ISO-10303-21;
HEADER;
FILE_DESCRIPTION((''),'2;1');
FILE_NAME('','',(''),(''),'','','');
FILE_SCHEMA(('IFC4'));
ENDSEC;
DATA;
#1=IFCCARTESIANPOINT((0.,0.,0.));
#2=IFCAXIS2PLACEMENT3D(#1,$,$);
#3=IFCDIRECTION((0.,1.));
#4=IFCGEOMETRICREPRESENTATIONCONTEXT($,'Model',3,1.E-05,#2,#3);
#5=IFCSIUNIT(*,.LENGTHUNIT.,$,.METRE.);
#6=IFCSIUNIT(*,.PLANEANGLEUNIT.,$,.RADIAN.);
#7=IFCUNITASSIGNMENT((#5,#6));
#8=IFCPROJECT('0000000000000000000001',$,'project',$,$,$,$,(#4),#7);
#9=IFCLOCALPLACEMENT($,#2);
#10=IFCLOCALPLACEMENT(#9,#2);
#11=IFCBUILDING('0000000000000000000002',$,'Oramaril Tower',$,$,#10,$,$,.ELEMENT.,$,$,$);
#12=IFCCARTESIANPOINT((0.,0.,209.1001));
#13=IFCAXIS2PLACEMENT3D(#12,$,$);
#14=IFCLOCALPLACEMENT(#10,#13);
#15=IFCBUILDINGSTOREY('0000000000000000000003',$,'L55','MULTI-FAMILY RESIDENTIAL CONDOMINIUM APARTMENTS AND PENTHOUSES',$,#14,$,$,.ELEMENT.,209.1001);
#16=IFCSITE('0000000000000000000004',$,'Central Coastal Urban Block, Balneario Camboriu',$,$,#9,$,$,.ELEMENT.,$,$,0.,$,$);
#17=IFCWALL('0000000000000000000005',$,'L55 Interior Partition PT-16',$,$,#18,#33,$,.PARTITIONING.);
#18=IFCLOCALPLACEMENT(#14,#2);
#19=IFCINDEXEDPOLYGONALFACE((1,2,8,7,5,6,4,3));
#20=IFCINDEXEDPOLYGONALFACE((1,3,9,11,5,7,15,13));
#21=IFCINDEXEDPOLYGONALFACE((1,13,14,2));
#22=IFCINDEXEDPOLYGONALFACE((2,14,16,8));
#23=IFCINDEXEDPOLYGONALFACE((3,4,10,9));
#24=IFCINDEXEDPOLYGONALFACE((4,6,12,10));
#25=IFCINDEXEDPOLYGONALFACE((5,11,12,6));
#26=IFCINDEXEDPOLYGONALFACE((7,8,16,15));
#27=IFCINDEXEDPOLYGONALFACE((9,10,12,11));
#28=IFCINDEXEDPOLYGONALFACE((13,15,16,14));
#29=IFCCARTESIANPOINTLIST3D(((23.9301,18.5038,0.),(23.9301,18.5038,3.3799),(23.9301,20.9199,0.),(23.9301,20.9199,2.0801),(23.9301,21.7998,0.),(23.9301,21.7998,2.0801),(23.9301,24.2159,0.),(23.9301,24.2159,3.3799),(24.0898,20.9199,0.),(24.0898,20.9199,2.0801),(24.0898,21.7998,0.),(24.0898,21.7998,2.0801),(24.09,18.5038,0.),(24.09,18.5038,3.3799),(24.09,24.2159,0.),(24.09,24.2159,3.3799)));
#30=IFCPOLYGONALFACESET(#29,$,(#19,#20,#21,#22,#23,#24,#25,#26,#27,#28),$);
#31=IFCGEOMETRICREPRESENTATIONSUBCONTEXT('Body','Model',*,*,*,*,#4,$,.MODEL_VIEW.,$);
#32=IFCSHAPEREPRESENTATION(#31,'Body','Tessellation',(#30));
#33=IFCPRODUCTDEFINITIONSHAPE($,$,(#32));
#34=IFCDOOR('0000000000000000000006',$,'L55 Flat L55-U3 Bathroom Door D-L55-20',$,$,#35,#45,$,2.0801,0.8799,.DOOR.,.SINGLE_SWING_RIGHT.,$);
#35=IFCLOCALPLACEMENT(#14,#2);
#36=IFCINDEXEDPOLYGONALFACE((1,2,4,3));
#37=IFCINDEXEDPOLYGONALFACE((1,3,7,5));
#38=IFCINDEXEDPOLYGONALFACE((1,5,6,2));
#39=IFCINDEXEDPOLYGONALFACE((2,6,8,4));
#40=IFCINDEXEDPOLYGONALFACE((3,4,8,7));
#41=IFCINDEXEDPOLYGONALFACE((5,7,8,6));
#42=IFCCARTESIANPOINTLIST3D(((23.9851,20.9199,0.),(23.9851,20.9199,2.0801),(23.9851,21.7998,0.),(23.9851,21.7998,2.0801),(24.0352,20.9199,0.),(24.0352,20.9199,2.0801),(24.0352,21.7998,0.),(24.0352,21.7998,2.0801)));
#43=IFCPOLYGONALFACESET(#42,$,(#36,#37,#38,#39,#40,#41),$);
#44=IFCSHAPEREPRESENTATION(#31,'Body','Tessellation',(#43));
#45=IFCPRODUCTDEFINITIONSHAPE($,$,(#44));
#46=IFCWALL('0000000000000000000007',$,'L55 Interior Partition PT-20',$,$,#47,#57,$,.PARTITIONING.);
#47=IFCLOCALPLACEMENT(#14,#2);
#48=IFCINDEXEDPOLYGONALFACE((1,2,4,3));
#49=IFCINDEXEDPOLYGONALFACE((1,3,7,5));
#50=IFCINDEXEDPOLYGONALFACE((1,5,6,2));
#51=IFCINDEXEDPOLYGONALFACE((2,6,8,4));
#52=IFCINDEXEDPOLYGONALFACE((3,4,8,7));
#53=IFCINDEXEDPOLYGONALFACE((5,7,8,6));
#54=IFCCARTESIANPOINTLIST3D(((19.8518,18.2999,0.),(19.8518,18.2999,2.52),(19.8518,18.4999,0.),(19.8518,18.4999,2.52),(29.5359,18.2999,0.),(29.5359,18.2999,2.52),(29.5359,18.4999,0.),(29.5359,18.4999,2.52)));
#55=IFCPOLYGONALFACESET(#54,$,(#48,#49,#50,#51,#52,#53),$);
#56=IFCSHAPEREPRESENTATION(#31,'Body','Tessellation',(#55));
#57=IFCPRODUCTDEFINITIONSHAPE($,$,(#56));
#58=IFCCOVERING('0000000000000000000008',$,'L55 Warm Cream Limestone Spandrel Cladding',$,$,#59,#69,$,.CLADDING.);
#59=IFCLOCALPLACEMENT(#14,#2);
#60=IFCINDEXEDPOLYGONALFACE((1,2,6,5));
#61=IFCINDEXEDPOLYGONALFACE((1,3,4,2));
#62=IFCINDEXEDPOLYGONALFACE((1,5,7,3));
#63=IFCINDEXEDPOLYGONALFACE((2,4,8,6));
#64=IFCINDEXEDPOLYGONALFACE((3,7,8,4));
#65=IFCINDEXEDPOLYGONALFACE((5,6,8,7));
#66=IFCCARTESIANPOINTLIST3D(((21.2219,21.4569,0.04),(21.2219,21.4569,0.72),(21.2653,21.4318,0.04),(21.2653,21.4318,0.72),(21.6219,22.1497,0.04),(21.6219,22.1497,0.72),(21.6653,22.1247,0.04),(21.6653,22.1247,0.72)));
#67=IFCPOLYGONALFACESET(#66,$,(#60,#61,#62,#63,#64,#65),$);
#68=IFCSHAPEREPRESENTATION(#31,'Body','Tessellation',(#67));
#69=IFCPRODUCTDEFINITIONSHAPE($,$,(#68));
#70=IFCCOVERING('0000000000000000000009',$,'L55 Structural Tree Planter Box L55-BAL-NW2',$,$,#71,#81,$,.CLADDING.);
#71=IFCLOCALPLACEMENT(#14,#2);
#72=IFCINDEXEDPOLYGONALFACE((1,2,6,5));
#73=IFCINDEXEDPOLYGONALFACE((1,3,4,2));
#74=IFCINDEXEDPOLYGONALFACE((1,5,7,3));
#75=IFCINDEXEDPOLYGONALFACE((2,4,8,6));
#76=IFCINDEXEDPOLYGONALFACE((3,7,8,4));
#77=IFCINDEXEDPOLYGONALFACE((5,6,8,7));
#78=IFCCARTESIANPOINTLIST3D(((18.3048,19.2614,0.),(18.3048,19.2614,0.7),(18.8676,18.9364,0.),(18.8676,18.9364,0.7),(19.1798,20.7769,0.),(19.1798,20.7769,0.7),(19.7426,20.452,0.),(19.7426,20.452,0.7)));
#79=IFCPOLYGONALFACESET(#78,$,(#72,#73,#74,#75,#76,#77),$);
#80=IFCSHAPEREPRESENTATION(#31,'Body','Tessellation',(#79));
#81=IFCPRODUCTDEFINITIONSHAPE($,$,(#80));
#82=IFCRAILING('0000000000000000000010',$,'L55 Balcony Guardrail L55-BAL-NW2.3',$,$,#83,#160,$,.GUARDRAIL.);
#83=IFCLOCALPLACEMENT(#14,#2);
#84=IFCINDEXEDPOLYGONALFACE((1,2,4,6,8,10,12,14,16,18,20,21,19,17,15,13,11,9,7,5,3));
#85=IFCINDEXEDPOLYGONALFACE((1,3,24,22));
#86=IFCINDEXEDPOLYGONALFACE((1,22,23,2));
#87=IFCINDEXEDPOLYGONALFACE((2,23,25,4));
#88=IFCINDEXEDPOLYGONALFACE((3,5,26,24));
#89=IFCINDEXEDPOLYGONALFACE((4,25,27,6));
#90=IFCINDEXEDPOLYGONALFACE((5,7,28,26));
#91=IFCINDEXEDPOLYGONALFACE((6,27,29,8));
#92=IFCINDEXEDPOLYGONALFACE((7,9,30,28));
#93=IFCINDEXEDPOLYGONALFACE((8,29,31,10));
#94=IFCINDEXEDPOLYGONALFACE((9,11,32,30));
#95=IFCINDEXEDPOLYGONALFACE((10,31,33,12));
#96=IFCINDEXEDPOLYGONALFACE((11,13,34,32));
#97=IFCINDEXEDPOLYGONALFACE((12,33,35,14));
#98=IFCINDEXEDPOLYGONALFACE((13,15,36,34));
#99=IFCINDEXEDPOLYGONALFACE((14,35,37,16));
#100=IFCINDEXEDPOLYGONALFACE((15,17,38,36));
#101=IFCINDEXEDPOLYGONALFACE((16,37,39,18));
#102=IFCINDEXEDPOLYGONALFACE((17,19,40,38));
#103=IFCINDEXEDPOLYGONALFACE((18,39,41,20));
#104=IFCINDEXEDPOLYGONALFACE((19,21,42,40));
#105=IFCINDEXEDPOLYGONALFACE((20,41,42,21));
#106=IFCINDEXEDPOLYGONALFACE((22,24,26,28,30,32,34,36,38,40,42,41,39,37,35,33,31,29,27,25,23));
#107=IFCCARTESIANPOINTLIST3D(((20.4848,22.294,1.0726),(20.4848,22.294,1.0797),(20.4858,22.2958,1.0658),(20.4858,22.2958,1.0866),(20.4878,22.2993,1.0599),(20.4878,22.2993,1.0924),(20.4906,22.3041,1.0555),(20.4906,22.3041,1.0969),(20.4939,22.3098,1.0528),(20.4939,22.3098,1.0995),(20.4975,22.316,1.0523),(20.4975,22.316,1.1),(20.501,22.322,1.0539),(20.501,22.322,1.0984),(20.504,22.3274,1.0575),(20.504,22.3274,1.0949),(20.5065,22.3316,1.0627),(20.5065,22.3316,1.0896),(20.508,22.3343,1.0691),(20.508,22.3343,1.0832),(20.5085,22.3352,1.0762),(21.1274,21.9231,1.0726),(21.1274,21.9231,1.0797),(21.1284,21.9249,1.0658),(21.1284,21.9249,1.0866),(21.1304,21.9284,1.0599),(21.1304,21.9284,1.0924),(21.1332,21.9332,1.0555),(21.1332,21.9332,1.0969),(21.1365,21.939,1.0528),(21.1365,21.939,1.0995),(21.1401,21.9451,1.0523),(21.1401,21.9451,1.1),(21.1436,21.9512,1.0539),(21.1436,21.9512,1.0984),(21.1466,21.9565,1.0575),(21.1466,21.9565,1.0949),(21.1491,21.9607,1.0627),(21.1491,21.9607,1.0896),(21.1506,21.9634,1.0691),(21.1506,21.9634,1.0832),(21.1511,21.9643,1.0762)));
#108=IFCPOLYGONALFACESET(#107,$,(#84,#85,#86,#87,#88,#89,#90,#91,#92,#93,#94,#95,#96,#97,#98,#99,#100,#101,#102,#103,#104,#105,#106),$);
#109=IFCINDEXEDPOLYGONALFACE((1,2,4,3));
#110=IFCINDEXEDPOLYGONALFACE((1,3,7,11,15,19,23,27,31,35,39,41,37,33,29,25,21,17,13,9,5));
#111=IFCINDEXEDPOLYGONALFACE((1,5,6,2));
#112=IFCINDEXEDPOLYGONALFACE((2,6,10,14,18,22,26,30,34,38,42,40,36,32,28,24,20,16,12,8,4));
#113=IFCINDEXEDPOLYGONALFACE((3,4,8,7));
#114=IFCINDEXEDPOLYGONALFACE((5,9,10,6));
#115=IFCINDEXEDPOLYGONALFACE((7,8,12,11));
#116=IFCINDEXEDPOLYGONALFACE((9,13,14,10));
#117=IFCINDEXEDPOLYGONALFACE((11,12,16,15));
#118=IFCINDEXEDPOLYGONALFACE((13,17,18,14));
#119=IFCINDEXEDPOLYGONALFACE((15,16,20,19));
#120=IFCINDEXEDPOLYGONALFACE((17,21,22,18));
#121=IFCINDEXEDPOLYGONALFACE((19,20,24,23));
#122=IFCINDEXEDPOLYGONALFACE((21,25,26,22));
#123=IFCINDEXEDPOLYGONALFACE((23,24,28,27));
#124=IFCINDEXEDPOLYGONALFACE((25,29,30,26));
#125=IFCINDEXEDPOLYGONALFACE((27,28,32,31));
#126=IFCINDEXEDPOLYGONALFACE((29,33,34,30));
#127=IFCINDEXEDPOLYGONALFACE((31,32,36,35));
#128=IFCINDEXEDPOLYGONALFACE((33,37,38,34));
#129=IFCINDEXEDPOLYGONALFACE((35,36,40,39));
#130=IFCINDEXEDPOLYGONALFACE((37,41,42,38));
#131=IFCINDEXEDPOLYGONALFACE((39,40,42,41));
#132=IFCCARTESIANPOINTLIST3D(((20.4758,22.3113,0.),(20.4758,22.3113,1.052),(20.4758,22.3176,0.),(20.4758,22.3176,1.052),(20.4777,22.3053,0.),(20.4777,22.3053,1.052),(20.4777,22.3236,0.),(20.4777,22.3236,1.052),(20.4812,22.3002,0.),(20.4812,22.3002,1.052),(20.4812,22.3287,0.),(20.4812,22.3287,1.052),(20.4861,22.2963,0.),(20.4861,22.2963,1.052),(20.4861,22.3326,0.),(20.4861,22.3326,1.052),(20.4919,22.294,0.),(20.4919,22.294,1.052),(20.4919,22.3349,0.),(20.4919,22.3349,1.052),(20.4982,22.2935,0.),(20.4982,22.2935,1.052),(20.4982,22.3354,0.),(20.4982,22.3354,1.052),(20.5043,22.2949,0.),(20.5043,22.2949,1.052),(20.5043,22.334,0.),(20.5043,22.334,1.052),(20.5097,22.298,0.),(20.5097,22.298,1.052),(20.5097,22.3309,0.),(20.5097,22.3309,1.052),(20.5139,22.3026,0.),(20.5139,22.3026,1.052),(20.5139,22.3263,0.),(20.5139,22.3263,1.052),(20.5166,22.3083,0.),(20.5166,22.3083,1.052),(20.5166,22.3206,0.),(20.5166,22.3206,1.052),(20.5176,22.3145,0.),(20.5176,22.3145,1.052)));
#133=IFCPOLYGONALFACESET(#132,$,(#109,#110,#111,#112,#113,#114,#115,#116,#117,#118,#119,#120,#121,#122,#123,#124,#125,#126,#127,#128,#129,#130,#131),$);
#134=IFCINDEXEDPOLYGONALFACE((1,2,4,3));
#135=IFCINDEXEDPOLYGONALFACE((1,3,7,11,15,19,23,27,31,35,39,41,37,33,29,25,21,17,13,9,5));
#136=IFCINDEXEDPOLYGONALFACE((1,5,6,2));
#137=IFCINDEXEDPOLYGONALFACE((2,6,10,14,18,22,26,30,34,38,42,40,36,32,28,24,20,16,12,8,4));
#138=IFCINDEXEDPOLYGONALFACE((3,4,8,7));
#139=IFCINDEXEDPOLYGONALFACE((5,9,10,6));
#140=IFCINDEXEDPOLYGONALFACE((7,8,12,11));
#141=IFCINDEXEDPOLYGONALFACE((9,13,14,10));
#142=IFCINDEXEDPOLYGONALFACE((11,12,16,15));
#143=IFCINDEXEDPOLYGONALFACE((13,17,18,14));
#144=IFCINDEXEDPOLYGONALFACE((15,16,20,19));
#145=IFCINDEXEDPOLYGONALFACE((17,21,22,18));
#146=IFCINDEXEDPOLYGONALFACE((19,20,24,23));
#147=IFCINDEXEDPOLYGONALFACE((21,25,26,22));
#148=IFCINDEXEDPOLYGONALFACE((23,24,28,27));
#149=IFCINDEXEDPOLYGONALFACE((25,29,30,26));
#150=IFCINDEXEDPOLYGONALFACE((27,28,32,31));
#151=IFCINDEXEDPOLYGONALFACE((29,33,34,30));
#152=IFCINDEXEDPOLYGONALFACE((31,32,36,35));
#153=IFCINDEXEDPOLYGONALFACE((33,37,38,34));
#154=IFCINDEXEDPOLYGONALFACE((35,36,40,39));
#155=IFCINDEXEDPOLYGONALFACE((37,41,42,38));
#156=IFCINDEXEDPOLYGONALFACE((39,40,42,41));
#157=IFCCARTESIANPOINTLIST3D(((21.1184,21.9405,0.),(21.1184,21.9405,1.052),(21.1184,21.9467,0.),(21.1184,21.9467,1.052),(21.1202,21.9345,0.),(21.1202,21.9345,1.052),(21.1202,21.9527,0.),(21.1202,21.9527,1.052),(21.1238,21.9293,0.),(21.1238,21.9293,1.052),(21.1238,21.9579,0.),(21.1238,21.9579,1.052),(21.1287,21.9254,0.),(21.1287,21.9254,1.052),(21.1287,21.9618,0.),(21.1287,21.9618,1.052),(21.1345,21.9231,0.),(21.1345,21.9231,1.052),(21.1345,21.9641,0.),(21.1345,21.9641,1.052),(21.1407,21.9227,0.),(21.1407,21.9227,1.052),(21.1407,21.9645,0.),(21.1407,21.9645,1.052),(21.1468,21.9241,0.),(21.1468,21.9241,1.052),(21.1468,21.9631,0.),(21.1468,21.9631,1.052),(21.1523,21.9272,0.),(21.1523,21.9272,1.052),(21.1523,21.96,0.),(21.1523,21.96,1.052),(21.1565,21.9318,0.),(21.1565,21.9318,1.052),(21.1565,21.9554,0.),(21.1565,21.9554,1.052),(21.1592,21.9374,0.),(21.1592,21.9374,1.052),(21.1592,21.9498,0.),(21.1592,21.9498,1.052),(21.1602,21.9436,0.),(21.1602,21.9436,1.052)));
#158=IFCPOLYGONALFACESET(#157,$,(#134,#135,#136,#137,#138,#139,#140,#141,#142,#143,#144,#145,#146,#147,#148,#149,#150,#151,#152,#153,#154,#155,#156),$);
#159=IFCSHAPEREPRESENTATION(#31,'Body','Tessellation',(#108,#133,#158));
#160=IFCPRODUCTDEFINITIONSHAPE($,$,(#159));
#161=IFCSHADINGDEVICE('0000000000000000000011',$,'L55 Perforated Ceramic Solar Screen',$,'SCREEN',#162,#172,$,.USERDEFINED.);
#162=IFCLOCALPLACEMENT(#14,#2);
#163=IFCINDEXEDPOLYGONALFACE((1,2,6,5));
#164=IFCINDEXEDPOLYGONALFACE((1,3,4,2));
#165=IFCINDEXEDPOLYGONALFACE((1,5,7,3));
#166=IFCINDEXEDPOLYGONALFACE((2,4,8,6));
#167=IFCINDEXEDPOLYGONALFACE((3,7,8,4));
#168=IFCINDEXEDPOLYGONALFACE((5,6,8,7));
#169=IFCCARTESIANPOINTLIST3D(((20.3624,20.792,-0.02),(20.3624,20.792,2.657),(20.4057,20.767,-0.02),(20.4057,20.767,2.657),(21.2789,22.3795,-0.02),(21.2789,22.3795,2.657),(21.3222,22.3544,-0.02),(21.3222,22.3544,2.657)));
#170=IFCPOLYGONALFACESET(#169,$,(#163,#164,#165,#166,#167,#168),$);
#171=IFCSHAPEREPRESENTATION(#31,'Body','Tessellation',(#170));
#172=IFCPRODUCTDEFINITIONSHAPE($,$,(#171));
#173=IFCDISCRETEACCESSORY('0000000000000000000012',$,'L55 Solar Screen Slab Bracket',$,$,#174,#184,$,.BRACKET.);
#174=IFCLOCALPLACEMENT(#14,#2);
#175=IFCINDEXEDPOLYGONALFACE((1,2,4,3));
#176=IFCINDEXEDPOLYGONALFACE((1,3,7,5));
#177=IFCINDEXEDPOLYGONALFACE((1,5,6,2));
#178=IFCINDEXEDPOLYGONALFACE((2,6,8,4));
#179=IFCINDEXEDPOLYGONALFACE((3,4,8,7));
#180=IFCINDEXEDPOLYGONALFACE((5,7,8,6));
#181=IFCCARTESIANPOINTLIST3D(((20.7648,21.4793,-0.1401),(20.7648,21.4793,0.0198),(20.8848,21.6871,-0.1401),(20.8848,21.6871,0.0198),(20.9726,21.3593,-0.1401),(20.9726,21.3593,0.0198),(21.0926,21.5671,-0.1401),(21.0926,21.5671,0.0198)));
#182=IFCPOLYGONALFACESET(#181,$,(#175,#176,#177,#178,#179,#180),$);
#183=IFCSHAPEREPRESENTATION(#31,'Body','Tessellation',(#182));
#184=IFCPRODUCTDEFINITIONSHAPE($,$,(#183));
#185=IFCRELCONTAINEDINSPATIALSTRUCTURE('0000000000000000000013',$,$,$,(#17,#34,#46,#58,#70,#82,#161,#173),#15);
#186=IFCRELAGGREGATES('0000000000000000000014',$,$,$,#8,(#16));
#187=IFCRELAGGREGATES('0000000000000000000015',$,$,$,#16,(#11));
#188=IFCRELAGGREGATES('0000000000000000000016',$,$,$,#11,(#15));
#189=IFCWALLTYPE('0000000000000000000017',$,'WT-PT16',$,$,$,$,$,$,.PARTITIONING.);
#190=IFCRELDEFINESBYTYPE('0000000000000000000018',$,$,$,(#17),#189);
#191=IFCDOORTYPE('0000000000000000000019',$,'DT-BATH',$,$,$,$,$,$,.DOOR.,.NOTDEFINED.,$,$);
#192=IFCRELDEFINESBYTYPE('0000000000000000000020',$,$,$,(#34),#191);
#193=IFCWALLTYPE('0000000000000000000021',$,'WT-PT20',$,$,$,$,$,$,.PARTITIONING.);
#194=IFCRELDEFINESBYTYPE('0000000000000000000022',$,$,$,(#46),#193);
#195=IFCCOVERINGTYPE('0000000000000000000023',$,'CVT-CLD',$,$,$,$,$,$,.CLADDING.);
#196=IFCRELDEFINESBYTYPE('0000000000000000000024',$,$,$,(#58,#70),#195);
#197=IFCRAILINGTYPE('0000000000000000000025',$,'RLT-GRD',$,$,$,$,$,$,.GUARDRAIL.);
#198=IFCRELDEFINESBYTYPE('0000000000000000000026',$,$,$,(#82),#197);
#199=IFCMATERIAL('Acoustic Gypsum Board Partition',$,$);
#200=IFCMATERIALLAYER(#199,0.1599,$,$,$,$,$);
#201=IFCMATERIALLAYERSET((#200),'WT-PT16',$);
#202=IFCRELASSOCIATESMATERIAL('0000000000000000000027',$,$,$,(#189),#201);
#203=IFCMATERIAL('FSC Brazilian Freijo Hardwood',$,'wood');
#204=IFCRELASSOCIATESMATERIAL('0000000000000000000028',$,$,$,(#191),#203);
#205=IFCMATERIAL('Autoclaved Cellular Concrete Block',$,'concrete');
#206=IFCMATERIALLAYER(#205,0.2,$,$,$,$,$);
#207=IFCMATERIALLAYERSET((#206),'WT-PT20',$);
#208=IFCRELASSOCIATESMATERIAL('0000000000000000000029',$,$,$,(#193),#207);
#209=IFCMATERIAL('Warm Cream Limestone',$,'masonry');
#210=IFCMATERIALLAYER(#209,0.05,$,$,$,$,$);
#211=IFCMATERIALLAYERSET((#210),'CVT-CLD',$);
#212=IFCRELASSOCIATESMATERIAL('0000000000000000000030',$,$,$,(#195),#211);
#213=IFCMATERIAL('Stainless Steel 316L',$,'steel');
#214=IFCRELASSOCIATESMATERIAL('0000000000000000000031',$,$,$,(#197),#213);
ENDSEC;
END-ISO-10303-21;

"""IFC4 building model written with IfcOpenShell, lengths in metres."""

from ifc_helpers import new_model, si_unit, direction, frame, frame_2d, origin, origin_2d, place, context, subcontext, project, spatial, rectangle, circle, extrude, material, layer, layer_set, type_object, element, fill, save


model = new_model("IFC4")

# Units and contexts
model_context = context("Model", 3, precision=1e-05, world=origin(), true_north=direction((0.0, 1.0)))
body_context = subcontext(model_context, "Body", "Model", "MODEL_VIEW")
ifc_project = project(units=[si_unit("LENGTHUNIT", "METRE"), si_unit("PLANEANGLEUNIT", "RADIAN")], contexts=[model_context])

# Site, building, storey
site_placement = place(None, origin())
site = spatial("IfcSite", under=ifc_project, at=site_placement, Name="Central Coastal Urban Block, Balneario Camboriu", CompositionType="ELEMENT", RefElevation=0.0)
building_placement = place(site_placement, origin())
building = spatial("IfcBuilding", under=site, at=building_placement, Name="Oramaril Tower", CompositionType="ELEMENT")
storey_placement = place(building_placement, frame((0.0, 0.0, 209.1001)))
storey = spatial("IfcBuildingStorey", under=building, at=storey_placement, Name="L55", Description="MULTI-FAMILY RESIDENTIAL CONDOMINIUM APARTMENTS AND PENTHOUSES", CompositionType="ELEMENT", Elevation=209.1001)

# Wall, opening, door
ifc_material_1 = material(Name="Acoustic Gypsum Board Partition")
ifc_layer_1 = layer(ifc_material_1, 0.1599)
ifc_layer_set_1 = layer_set([ifc_layer_1], Name="WT-PT16")
wall_type_1 = type_object("IfcWallType", Name="WT-PT16", PredefinedType="PARTITIONING", material=ifc_layer_set_1)
wall_1_placement = place(storey_placement, frame((24.01, 18.5039, 0.0), z_axis=(0.0, 0.0, 1.0), x_axis=(0.0, 1.0, 0.0)))
wall_1 = element("IfcWall", 1, at=wall_1_placement, inside=storey, type_object=wall_type_1, Name="L55 Interior Partition PT-16", PredefinedType="PARTITIONING", context=body_context, shape_type="SweptSolid", body=[
    extrude(rectangle(XDim=5.7122, YDim=0.1599, at=frame_2d((2.856, 0.0))), origin(), (0.0, 0.0, 1.0), 3.3799),
])
opening_1_placement = place(wall_1_placement, frame((2.416, 0.0, 0.0)))
opening_1 = element("IfcOpeningElement", 2, at=opening_1_placement, cuts=wall_1, PredefinedType="OPENING", context=body_context, shape_type="SweptSolid", body=[
    extrude(rectangle(XDim=0.8799, YDim=2.0801, at=frame_2d((0.4399, 1.04))), frame((0.0, 0.0801, 0.0), z_axis=(0.0, -1.0, 0.0), x_axis=(1.0, 0.0, 0.0)), (0.0, 0.0, 1.0), 0.1599),
])
ifc_material_2 = material(Name="FSC Brazilian Freijo Hardwood", Category="wood")
door_type_1 = type_object("IfcDoorType", Name="DT-BATH", OperationType="NOTDEFINED", PredefinedType="DOOR", material=ifc_material_2)
door_1_placement = place(opening_1_placement, origin())
door_1 = element("IfcDoor", 3, at=door_1_placement, inside=storey, type_object=door_type_1, Name="L55 Flat L55-U3 Bathroom Door D-L55-20", OperationType="SINGLE_SWING_RIGHT", OverallHeight=2.0801, OverallWidth=0.8799, PredefinedType="DOOR", context=body_context, shape_type="SweptSolid", body=[
    extrude(rectangle(XDim=0.8799, YDim=2.0801, at=frame_2d((0.4399, 1.04))), frame((0.0, 0.0249, 0.0), z_axis=(0.0, -1.0, 0.0), x_axis=(1.0, 0.0, 0.0)), (0.0, 0.0, 1.0), 0.05),
])
fill(opening_1, door_1)

# Wall
ifc_material_3 = material(Name="Autoclaved Cellular Concrete Block", Category="concrete")
ifc_layer_2 = layer(ifc_material_3, 0.2)
ifc_layer_set_2 = layer_set([ifc_layer_2], Name="WT-PT20")
wall_type_2 = type_object("IfcWallType", Name="WT-PT20", PredefinedType="PARTITIONING", material=ifc_layer_set_2)
wall_2_placement = place(storey_placement, frame((19.8518, 18.3999, 0.0), z_axis=(0.0, 0.0, 1.0), x_axis=(1.0, 0.0, 0.0)))
element("IfcWall", 4, at=wall_2_placement, inside=storey, type_object=wall_type_2, Name="L55 Interior Partition PT-20", PredefinedType="PARTITIONING", context=body_context, shape_type="SweptSolid", body=[
    extrude(rectangle(XDim=9.6841, YDim=0.2, at=frame_2d((4.842, 0.0))), origin(), (0.0, 0.0, 1.0), 2.52),
])

# Coverings
ifc_material_4 = material(Name="Warm Cream Limestone", Category="masonry")
ifc_layer_3 = layer(ifc_material_4, 0.05)
ifc_layer_set_3 = layer_set([ifc_layer_3], Name="CVT-CLD")
covering_type = type_object("IfcCoveringType", Name="CVT-CLD", PredefinedType="CLADDING", material=ifc_layer_set_3)
covering_1_placement = place(storey_placement, frame((21.4436, 21.7908, 0.04), z_axis=(0.0, 0.0, 1.0), x_axis=(-0.500002, -0.866025, 0.0)))
element("IfcCovering", 5, at=covering_1_placement, inside=storey, type_object=covering_type, Name="L55 Warm Cream Limestone Spandrel Cladding", PredefinedType="CLADDING", context=body_context, shape_type="SweptSolid", body=[
    extrude(rectangle(XDim=0.8, YDim=0.05, at=origin_2d()), origin(), (0.0, 0.0, 1.0), 0.6799),
])
covering_2_placement = place(storey_placement, frame((19.0237, 19.8567, 0.0), z_axis=(0.0, 0.0, 1.0), x_axis=(-0.500002, -0.866025, 0.0)))
element("IfcCovering", 6, at=covering_2_placement, inside=storey, type_object=covering_type, Name="L55 Structural Tree Planter Box L55-BAL-NW2", PredefinedType="CLADDING", context=body_context, shape_type="SweptSolid", body=[
    extrude(rectangle(XDim=1.75, YDim=0.6499, at=origin_2d()), origin(), (0.0, 0.0, 1.0), 0.7),
])

# Railing
ifc_material_5 = material(Name="Stainless Steel 316L", Category="steel")
railing_type = type_object("IfcRailingType", Name="RLT-GRD", PredefinedType="GUARDRAIL", material=ifc_material_5)
railing_placement = place(storey_placement, frame((20.4966, 22.3145, 0.0)))
element("IfcRailing", 7, at=railing_placement, inside=storey, type_object=railing_type, Name="L55 Balcony Guardrail L55-BAL-NW2.3", PredefinedType="GUARDRAIL", context=body_context, shape_type="SweptSolid", body=[
    extrude(circle(Radius=0.0239, at=origin_2d()), frame((0.0, 0.0, 1.0762), z_axis=(0.866109, -0.499855, 0.0), x_axis=(0.499855, 0.866109, 0.0)), (0.0, 0.0, 1.0), 0.7419),
    extrude(circle(Radius=0.021, at=origin_2d()), origin(), (0.0, 0.0, 1.0), 1.052),
    extrude(circle(Radius=0.021, at=origin_2d()), frame((0.6426, -0.3708, 0.0)), (0.0, 0.0, 1.0), 1.052),
])

# Shading device
shading_device_placement = place(storey_placement, frame((20.8423, 21.5732, -0.02), z_axis=(0.0, 0.0, 1.0), x_axis=(-0.500002, -0.866025, 0.0)))
element("IfcShadingDevice", 8, at=shading_device_placement, inside=storey, Name="L55 Perforated Ceramic Solar Screen", ObjectType="SCREEN", PredefinedType="USERDEFINED", context=body_context, shape_type="SweptSolid", body=[
    extrude(rectangle(XDim=1.833, YDim=0.05, at=origin_2d()), origin(), (0.0, 0.0, 1.0), 2.677),
])

# Discrete accessory
discrete_accessory_placement = place(storey_placement, frame((20.9287, 21.5232, -0.1401), z_axis=(0.0, 0.0, 1.0), x_axis=(-0.500002, -0.866025, 0.0)))
element("IfcDiscreteAccessory", 9, at=discrete_accessory_placement, inside=storey, Name="L55 Solar Screen Slab Bracket", PredefinedType="BRACKET", context=body_context, shape_type="SweptSolid", body=[
    extrude(rectangle(XDim=0.24, YDim=0.24, at=origin_2d()), origin(), (0.0, 0.0, 1.0), 0.1599),
])

save(model, "model.ifc")
